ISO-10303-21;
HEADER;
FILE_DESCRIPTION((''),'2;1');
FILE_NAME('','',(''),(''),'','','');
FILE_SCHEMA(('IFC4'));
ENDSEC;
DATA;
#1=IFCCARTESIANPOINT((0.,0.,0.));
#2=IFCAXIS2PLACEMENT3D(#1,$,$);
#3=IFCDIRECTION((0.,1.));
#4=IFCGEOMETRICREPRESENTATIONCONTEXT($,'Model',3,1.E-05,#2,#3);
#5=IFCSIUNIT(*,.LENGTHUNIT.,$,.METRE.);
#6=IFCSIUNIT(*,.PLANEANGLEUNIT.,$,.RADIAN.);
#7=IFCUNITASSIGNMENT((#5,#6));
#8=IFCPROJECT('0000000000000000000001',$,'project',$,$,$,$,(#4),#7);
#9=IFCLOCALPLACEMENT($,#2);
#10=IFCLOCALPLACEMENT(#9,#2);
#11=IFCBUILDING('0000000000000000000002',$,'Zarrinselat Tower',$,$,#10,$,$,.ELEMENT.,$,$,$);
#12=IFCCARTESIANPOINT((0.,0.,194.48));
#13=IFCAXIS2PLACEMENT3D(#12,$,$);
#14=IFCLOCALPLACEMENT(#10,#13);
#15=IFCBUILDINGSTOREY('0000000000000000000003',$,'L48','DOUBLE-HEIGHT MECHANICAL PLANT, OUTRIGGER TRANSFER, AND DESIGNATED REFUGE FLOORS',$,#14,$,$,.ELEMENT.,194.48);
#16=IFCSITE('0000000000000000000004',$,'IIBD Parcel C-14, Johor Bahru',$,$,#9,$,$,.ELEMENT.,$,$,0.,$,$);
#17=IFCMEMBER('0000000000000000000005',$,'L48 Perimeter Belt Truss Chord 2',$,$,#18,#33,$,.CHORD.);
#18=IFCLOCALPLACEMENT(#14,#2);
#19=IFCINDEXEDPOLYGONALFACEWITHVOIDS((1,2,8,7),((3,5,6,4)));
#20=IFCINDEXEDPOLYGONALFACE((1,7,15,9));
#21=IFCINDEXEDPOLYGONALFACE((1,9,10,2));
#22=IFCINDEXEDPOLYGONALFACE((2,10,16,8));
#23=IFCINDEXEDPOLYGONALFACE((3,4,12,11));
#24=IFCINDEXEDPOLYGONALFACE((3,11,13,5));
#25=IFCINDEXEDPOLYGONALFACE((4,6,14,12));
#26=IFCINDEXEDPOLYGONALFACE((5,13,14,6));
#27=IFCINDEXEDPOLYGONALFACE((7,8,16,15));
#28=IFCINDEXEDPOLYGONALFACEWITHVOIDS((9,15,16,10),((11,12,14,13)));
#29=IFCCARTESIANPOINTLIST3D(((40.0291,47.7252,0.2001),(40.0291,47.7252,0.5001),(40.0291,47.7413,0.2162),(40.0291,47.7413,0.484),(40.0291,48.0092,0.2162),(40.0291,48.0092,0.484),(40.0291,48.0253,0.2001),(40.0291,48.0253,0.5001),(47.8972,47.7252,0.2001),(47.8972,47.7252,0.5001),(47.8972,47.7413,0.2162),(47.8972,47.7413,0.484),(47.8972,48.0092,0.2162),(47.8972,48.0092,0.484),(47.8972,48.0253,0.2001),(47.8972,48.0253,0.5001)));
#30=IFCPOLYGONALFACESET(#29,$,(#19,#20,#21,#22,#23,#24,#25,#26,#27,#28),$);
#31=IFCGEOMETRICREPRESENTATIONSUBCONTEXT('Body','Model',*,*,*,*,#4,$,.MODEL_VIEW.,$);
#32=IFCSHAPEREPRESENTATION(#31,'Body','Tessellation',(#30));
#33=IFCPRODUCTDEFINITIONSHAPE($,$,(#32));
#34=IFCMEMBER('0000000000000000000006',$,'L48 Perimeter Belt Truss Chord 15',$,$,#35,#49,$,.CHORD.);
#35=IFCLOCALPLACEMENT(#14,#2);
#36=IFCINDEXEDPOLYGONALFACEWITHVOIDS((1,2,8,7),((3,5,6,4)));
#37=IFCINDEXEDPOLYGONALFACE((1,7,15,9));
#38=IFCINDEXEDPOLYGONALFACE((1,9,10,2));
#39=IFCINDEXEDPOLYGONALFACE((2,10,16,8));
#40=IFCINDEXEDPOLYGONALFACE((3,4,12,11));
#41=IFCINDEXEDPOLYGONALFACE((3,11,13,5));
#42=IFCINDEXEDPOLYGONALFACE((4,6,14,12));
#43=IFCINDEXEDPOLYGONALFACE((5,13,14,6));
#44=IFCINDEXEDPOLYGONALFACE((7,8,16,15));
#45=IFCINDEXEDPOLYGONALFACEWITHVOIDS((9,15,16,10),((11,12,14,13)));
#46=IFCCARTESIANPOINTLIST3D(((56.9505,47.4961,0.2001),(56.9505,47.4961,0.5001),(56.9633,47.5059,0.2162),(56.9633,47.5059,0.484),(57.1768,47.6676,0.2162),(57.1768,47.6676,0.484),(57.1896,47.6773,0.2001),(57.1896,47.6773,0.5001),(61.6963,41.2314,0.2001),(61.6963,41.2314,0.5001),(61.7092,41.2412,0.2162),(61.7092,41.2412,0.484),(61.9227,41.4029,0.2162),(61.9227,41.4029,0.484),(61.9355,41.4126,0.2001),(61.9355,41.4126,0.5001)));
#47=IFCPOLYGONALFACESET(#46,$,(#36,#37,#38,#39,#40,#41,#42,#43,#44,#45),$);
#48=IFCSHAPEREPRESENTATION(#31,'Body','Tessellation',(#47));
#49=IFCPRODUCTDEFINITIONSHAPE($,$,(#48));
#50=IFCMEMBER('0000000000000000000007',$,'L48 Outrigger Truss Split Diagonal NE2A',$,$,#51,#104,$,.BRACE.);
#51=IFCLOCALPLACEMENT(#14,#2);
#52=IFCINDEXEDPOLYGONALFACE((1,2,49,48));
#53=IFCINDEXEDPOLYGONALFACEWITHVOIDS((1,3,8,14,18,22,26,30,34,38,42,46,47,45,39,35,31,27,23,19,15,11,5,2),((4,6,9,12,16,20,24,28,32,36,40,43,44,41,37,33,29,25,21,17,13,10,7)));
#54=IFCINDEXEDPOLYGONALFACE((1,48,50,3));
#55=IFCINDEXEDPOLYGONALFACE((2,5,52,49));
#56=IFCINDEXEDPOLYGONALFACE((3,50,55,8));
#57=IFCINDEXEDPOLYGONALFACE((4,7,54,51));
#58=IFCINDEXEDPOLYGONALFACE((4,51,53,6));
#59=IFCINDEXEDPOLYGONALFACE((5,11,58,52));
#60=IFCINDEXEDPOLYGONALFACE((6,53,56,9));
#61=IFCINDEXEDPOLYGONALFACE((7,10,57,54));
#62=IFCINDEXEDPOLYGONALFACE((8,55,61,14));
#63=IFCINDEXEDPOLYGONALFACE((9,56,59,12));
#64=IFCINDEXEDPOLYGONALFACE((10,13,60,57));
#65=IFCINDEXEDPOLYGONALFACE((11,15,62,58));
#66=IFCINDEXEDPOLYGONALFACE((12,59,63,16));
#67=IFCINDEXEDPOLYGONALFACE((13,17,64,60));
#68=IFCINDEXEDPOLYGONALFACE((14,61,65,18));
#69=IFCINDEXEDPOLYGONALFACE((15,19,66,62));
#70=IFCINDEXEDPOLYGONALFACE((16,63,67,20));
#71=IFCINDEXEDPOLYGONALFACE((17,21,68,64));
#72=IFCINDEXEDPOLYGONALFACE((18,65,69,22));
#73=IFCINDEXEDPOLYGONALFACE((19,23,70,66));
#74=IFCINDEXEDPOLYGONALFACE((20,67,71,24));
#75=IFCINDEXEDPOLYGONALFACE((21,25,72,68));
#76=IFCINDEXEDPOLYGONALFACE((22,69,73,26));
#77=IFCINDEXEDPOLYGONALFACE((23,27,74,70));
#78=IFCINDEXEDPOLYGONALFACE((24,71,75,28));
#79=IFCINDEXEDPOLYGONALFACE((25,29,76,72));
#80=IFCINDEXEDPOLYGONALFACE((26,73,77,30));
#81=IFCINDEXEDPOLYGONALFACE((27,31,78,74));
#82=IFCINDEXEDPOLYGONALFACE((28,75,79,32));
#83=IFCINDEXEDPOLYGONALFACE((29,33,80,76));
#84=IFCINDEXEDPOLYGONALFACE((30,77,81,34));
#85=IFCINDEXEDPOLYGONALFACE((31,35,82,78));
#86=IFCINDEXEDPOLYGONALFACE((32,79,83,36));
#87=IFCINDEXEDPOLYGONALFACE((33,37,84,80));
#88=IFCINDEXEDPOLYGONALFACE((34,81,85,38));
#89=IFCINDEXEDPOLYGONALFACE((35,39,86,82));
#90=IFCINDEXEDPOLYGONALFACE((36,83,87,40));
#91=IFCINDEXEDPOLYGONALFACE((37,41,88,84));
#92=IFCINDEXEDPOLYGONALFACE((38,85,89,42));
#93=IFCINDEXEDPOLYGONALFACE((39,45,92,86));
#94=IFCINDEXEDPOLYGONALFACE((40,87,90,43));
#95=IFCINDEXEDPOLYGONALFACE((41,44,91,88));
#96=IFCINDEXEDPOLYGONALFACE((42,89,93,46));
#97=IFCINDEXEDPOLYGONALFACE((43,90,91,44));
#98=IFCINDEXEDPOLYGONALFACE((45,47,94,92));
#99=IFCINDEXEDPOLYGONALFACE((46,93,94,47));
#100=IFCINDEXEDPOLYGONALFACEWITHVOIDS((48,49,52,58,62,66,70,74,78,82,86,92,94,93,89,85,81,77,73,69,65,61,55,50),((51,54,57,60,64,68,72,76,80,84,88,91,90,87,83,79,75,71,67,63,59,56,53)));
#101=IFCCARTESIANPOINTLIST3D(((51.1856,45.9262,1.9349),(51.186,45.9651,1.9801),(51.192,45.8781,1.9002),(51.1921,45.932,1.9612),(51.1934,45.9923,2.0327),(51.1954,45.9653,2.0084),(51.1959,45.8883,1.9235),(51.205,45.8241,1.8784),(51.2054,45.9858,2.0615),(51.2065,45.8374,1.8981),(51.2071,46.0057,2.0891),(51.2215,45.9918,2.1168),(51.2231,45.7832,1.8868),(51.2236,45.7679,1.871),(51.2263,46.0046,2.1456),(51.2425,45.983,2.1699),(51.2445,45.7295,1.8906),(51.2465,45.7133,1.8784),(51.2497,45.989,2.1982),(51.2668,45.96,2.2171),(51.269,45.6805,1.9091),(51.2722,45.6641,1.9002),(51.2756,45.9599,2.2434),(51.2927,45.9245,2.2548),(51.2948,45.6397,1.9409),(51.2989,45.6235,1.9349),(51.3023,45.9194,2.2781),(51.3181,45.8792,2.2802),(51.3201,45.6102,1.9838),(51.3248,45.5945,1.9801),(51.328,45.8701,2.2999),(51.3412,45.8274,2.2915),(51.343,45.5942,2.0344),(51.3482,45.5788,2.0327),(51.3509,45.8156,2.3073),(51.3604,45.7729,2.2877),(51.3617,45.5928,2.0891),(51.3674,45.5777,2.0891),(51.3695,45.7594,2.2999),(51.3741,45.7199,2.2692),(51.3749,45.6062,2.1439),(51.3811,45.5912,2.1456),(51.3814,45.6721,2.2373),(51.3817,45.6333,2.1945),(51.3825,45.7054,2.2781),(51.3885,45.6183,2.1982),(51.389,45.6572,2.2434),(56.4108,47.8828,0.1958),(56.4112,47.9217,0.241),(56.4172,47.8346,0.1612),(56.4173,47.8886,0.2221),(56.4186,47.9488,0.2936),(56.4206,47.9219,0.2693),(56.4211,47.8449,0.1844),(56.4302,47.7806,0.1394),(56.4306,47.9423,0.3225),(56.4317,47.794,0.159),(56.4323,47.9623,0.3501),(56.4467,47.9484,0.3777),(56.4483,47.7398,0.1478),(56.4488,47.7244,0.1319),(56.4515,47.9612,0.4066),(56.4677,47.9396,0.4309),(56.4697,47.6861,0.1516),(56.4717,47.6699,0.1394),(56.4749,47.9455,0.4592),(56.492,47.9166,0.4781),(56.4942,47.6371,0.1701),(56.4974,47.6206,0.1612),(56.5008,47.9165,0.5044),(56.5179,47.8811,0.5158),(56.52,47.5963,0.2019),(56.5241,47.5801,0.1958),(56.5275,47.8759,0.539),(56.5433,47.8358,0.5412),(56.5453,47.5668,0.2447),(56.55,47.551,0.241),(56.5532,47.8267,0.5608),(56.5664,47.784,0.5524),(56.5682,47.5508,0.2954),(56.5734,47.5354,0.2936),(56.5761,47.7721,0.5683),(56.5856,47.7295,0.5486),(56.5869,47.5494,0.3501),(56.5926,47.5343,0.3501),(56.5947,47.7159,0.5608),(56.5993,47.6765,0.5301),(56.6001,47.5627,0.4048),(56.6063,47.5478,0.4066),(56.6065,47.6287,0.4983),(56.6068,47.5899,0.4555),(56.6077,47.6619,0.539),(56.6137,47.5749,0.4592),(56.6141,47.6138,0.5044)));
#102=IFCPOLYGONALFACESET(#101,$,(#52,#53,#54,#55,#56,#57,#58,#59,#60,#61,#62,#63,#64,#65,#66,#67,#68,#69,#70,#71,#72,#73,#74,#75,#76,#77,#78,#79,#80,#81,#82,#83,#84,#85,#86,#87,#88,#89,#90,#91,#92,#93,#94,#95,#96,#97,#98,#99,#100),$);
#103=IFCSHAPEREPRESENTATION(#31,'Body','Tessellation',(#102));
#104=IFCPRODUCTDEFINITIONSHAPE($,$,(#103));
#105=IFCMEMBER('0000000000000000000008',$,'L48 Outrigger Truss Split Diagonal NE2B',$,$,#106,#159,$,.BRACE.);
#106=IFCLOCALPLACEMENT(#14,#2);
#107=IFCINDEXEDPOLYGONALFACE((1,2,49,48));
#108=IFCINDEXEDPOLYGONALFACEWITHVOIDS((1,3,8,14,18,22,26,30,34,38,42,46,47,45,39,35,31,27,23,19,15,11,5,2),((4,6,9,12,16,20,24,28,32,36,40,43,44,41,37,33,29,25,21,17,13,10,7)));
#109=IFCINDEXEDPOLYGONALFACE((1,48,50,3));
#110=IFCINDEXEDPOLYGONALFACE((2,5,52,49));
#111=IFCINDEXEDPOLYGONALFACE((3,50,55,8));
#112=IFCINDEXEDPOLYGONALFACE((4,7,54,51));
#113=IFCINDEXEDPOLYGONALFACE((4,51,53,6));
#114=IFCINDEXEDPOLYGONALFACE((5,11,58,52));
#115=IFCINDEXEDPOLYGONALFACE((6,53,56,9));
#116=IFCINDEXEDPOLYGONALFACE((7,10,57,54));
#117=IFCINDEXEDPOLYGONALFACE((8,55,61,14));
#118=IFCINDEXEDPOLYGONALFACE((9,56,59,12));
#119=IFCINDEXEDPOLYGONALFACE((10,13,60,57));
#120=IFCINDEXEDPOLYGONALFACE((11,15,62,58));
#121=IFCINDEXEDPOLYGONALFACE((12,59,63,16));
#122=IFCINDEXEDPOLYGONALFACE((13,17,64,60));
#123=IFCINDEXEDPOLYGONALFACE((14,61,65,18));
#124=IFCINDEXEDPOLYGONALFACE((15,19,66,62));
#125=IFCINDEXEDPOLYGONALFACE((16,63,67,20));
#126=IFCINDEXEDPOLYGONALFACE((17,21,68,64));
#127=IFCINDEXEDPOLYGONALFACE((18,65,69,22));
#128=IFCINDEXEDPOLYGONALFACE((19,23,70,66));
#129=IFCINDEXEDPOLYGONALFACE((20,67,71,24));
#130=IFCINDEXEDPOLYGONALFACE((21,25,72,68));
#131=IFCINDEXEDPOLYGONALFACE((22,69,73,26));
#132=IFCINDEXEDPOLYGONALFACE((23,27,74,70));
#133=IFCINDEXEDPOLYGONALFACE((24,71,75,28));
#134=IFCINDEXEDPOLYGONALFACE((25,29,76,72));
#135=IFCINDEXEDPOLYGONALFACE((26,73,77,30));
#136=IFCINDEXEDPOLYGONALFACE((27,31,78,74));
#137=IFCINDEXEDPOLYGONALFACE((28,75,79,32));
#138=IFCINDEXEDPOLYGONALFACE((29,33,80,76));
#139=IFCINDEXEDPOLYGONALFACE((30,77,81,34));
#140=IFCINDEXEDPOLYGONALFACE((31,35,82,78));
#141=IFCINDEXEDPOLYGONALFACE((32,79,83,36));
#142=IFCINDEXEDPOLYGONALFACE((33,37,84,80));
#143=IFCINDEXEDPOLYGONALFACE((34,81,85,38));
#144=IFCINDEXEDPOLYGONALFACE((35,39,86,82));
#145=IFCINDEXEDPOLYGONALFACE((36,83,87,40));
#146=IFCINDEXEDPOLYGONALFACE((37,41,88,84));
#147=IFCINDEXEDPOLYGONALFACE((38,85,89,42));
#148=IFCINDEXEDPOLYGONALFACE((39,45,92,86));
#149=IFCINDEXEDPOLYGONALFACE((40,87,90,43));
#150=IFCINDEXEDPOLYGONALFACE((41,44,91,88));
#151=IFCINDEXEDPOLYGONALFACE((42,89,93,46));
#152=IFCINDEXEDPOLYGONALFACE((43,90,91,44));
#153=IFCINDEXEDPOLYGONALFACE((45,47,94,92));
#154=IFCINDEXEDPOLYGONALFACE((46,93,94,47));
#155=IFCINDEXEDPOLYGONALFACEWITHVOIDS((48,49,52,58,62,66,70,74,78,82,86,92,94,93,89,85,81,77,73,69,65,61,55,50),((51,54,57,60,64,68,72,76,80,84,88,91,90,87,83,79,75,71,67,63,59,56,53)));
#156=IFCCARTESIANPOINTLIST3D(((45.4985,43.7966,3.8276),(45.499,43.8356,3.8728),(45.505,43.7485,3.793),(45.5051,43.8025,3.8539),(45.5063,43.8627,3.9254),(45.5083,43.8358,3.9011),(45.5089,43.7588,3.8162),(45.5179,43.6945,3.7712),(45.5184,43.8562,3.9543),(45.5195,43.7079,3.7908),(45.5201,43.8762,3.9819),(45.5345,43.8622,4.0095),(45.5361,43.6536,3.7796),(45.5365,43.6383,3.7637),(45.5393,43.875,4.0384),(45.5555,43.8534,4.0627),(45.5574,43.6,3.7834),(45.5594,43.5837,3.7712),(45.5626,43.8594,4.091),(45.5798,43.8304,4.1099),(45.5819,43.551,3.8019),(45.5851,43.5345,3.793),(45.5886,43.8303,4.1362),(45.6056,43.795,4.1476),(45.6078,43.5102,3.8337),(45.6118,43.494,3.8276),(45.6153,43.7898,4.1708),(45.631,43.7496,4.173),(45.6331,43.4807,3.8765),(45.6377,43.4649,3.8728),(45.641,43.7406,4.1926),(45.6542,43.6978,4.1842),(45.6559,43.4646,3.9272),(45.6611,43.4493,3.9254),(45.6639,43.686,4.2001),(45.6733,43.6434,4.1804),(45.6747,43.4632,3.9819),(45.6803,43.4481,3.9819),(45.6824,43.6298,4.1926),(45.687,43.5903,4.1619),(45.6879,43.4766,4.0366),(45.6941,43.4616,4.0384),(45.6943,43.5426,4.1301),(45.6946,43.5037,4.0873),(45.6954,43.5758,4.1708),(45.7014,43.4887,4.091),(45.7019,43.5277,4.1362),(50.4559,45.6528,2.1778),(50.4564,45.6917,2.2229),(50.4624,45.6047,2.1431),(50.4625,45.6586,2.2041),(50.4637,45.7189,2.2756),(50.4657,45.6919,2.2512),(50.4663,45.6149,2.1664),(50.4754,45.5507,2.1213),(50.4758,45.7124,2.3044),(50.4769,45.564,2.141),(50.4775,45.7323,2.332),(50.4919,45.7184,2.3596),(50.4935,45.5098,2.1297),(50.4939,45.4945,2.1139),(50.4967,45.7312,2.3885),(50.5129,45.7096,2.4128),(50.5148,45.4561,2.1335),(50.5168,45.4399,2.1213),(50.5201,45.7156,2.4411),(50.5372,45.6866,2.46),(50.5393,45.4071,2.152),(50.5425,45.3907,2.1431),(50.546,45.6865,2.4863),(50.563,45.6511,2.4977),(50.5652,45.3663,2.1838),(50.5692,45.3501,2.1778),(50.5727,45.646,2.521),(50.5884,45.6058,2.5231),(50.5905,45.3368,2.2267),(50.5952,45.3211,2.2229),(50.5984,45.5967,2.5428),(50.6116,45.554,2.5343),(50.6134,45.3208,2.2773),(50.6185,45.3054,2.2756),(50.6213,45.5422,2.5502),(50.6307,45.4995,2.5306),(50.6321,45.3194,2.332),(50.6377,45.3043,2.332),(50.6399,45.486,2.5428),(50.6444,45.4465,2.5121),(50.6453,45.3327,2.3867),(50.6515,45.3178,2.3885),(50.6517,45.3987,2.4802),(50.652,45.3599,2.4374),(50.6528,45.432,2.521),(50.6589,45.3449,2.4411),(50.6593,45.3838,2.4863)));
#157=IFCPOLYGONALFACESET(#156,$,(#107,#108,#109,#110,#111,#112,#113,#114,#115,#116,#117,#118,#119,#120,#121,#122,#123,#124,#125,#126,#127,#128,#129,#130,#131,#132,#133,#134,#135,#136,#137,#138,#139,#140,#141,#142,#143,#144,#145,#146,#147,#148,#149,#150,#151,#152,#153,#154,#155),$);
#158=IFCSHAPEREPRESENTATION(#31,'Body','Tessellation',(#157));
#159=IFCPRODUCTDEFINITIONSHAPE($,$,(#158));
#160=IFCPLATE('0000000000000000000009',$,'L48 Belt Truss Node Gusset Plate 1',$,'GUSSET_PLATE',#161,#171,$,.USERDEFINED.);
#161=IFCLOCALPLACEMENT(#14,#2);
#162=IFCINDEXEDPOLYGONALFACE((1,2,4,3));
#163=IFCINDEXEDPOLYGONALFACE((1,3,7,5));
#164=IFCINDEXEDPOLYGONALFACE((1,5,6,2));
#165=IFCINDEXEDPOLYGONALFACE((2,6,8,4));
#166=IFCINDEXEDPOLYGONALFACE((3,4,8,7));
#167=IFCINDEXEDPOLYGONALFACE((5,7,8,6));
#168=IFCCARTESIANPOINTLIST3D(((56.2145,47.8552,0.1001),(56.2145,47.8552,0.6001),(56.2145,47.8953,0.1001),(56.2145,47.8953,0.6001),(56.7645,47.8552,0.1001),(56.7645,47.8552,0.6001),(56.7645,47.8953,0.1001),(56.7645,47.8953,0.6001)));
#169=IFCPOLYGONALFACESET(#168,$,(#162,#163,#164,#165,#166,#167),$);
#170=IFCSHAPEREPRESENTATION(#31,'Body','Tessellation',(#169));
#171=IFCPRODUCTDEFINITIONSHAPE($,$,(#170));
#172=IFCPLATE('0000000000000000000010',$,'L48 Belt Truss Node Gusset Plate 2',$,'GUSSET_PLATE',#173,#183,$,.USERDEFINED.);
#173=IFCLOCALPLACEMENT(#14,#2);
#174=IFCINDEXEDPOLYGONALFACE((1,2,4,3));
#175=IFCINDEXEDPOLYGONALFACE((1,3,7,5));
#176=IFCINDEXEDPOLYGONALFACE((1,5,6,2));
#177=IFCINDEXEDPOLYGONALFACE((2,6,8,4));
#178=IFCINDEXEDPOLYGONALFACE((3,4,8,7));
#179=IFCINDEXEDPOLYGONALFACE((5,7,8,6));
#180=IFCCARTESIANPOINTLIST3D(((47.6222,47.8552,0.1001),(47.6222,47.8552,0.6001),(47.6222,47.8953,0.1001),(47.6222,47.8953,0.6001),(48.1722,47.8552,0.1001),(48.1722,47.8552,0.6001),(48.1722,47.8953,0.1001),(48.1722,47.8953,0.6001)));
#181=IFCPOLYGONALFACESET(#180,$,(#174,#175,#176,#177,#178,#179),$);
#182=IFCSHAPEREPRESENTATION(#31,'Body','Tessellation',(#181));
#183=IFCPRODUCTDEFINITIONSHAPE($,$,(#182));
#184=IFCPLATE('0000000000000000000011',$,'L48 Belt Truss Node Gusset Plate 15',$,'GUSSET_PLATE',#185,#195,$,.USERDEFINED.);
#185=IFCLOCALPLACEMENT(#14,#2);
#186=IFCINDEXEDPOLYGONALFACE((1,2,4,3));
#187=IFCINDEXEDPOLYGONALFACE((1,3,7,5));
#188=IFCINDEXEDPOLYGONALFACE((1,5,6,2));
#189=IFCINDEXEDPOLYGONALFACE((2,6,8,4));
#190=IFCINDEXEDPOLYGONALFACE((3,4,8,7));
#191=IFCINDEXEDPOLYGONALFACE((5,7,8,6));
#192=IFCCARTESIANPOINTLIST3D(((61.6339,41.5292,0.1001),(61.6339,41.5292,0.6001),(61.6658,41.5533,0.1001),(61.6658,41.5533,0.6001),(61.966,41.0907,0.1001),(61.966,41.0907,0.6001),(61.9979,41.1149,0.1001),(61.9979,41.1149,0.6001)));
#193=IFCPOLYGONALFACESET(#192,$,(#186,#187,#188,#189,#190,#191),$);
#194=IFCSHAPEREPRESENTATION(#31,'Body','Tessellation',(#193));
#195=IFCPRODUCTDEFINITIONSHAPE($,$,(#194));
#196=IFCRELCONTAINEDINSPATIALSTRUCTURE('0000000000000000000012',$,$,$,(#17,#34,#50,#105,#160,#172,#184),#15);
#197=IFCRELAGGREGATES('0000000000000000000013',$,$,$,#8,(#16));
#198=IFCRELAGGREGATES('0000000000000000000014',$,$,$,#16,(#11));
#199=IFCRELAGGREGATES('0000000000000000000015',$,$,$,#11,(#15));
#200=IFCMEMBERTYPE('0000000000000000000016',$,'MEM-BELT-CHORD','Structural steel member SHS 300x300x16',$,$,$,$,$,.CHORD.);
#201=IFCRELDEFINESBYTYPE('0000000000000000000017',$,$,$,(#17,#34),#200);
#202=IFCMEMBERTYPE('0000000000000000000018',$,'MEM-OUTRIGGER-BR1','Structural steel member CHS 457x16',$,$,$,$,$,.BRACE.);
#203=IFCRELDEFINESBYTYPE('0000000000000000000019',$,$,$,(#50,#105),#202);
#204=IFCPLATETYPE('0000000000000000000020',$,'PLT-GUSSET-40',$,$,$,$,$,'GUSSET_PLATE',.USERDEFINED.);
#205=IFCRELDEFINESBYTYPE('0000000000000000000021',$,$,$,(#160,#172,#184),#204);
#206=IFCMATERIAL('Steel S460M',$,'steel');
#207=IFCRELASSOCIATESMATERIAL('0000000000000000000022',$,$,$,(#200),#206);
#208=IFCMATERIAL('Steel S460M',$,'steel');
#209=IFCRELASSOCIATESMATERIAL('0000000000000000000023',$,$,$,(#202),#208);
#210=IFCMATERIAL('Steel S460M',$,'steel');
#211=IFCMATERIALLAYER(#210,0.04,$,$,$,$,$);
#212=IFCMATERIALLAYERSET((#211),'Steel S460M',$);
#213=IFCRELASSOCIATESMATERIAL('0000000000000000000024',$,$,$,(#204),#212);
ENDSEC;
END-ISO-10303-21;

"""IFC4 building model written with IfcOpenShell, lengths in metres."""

from ifc_helpers import new_model, si_unit, direction, frame, origin, origin_2d, place, context, subcontext, project, spatial, rectangle, hollow_rectangle, hollow_circle, extrude, material, layer, layer_set, material_profile, profile_set, type_object, element, save


model = new_model("IFC4")

# Units and contexts
model_context = context("Model", 3, precision=1e-05, world=origin(), true_north=direction((0.0, 1.0)))
body_context = subcontext(model_context, "Body", "Model", "MODEL_VIEW")
ifc_project = project(units=[si_unit("LENGTHUNIT", "METRE"), si_unit("PLANEANGLEUNIT", "RADIAN")], contexts=[model_context])

# Site, building, storey
site_placement = place(None, origin())
site = spatial("IfcSite", under=ifc_project, at=site_placement, Name="IIBD Parcel C-14, Johor Bahru", CompositionType="ELEMENT", RefElevation=0.0)
building_placement = place(site_placement, origin())
building = spatial("IfcBuilding", under=site, at=building_placement, Name="Zarrinselat Tower", CompositionType="ELEMENT")
storey_placement = place(building_placement, frame((0.0, 0.0, 194.48)))
storey = spatial("IfcBuildingStorey", under=building, at=storey_placement, Name="L48", Description="DOUBLE-HEIGHT MECHANICAL PLANT, OUTRIGGER TRANSFER, AND DESIGNATED REFUGE FLOORS", CompositionType="ELEMENT", Elevation=194.48)

# Members
ifc_material_1 = material(Name="Steel S460M", Category="steel")
ifc_material_profile_1 = material_profile(ifc_material_1, hollow_rectangle(XDim=0.3, YDim=0.3, WallThickness=0.0161, at=origin_2d()), Name="SHS 300x300x16")
ifc_profile_set_1 = profile_set([ifc_material_profile_1], Name="Steel S460M")
member_type_1 = type_object("IfcMemberType", Name="MEM-BELT-CHORD", Description="Structural steel member SHS 300x300x16", PredefinedType="CHORD", material=ifc_profile_set_1)
member_1_placement = place(storey_placement, frame((47.8972, 47.8752, 0.3501), z_axis=(-1.0, 0.0, 0.0), x_axis=(0.0, -1.0, 0.0)))
element("IfcMember", 1, at=member_1_placement, inside=storey, type_object=member_type_1, Name="L48 Perimeter Belt Truss Chord 2", PredefinedType="CHORD", context=body_context, shape_type="SweptSolid", body=[
    extrude(hollow_rectangle(XDim=0.3, YDim=0.3, WallThickness=0.0161, at=origin_2d()), origin(), (0.0, 0.0, 1.0), 7.8682),
])
member_2_placement = place(storey_placement, frame((61.8159, 41.322, 0.3501), z_axis=(-0.60385, 0.797098, 0.0), x_axis=(-0.797098, -0.60385, 0.0)))
element("IfcMember", 2, at=member_2_placement, inside=storey, type_object=member_type_1, Name="L48 Perimeter Belt Truss Chord 15", PredefinedType="CHORD", context=body_context, shape_type="SweptSolid", body=[
    extrude(hollow_rectangle(XDim=0.3, YDim=0.3, WallThickness=0.0161, at=origin_2d()), origin(), (0.0, 0.0, 1.0), 7.8594),
])
ifc_material_2 = material(Name="Steel S460M", Category="steel")
ifc_material_profile_2 = material_profile(ifc_material_2, hollow_circle(Radius=0.2285, WallThickness=0.0161, at=origin_2d()), Name="CHS 457x16")
ifc_profile_set_2 = profile_set([ifc_material_profile_2], Name="Steel S460M")
member_type_2 = type_object("IfcMemberType", Name="MEM-OUTRIGGER-BR1", Description="Structural steel member CHS 457x16", PredefinedType="BRACE", material=ifc_profile_set_2)
member_3_placement = place(storey_placement, frame((56.5125, 47.7483, 0.3501), z_axis=(-0.894076, -0.334788, 0.297566), x_axis=(0.350673, -0.936498, 0.0)))
element("IfcMember", 3, at=member_3_placement, inside=storey, type_object=member_type_2, Name="L48 Outrigger Truss Split Diagonal NE2A", PredefinedType="BRACE", context=body_context, shape_type="SweptSolid", body=[
    extrude(hollow_circle(Radius=0.2285, WallThickness=0.0161, at=origin_2d()), origin(), (0.0, 0.0, 1.0), 5.8442),
])
member_4_placement = place(storey_placement, frame((50.5576, 45.5183, 2.332), z_axis=(-0.894087, -0.334765, 0.297559), x_axis=(0.350648, -0.936507, 0.0)))
element("IfcMember", 4, at=member_4_placement, inside=storey, type_object=member_type_2, Name="L48 Outrigger Truss Split Diagonal NE2B", PredefinedType="BRACE", context=body_context, shape_type="SweptSolid", body=[
    extrude(hollow_circle(Radius=0.2285, WallThickness=0.0161, at=origin_2d()), origin(), (0.0, 0.0, 1.0), 5.5447),
])

# Plates
ifc_material_3 = material(Name="Steel S460M", Category="steel")
ifc_layer_1 = layer(ifc_material_3, 0.04)
ifc_layer_set_1 = layer_set([ifc_layer_1], Name="Steel S460M")
plate_type = type_object("IfcPlateType", Name="PLT-GUSSET-40", ElementType="GUSSET_PLATE", PredefinedType="USERDEFINED", material=ifc_layer_set_1)
for number, where, z_axis, x_axis, name in (
    (5, (56.4895, 47.8752, 0.1001), (0.0, 0.0, 1.0), (-1.0, 0.0, 0.0), "L48 Belt Truss Node Gusset Plate 1"),
    (6, (47.8972, 47.8752, 0.1001), (0.0, 0.0, 1.0), (-1.0, 0.0, 0.0), "L48 Belt Truss Node Gusset Plate 2"),
    (7, (61.8159, 41.322, 0.1001), (0.0, 0.0, 1.0), (-0.603845, 0.797102, 0.0), "L48 Belt Truss Node Gusset Plate 15"),
):
    element("IfcPlate", number, at=place(storey_placement, frame(where, z_axis=z_axis, x_axis=x_axis)), inside=storey, type_object=plate_type, Name=name, ObjectType="GUSSET_PLATE", PredefinedType="USERDEFINED", context=body_context, shape_type="SweptSolid", body=[
        extrude(rectangle(XDim=0.55, YDim=0.04, at=origin_2d()), origin(), (0.0, 0.0, 1.0), 0.5),
    ])

save(model, "model.ifc")
